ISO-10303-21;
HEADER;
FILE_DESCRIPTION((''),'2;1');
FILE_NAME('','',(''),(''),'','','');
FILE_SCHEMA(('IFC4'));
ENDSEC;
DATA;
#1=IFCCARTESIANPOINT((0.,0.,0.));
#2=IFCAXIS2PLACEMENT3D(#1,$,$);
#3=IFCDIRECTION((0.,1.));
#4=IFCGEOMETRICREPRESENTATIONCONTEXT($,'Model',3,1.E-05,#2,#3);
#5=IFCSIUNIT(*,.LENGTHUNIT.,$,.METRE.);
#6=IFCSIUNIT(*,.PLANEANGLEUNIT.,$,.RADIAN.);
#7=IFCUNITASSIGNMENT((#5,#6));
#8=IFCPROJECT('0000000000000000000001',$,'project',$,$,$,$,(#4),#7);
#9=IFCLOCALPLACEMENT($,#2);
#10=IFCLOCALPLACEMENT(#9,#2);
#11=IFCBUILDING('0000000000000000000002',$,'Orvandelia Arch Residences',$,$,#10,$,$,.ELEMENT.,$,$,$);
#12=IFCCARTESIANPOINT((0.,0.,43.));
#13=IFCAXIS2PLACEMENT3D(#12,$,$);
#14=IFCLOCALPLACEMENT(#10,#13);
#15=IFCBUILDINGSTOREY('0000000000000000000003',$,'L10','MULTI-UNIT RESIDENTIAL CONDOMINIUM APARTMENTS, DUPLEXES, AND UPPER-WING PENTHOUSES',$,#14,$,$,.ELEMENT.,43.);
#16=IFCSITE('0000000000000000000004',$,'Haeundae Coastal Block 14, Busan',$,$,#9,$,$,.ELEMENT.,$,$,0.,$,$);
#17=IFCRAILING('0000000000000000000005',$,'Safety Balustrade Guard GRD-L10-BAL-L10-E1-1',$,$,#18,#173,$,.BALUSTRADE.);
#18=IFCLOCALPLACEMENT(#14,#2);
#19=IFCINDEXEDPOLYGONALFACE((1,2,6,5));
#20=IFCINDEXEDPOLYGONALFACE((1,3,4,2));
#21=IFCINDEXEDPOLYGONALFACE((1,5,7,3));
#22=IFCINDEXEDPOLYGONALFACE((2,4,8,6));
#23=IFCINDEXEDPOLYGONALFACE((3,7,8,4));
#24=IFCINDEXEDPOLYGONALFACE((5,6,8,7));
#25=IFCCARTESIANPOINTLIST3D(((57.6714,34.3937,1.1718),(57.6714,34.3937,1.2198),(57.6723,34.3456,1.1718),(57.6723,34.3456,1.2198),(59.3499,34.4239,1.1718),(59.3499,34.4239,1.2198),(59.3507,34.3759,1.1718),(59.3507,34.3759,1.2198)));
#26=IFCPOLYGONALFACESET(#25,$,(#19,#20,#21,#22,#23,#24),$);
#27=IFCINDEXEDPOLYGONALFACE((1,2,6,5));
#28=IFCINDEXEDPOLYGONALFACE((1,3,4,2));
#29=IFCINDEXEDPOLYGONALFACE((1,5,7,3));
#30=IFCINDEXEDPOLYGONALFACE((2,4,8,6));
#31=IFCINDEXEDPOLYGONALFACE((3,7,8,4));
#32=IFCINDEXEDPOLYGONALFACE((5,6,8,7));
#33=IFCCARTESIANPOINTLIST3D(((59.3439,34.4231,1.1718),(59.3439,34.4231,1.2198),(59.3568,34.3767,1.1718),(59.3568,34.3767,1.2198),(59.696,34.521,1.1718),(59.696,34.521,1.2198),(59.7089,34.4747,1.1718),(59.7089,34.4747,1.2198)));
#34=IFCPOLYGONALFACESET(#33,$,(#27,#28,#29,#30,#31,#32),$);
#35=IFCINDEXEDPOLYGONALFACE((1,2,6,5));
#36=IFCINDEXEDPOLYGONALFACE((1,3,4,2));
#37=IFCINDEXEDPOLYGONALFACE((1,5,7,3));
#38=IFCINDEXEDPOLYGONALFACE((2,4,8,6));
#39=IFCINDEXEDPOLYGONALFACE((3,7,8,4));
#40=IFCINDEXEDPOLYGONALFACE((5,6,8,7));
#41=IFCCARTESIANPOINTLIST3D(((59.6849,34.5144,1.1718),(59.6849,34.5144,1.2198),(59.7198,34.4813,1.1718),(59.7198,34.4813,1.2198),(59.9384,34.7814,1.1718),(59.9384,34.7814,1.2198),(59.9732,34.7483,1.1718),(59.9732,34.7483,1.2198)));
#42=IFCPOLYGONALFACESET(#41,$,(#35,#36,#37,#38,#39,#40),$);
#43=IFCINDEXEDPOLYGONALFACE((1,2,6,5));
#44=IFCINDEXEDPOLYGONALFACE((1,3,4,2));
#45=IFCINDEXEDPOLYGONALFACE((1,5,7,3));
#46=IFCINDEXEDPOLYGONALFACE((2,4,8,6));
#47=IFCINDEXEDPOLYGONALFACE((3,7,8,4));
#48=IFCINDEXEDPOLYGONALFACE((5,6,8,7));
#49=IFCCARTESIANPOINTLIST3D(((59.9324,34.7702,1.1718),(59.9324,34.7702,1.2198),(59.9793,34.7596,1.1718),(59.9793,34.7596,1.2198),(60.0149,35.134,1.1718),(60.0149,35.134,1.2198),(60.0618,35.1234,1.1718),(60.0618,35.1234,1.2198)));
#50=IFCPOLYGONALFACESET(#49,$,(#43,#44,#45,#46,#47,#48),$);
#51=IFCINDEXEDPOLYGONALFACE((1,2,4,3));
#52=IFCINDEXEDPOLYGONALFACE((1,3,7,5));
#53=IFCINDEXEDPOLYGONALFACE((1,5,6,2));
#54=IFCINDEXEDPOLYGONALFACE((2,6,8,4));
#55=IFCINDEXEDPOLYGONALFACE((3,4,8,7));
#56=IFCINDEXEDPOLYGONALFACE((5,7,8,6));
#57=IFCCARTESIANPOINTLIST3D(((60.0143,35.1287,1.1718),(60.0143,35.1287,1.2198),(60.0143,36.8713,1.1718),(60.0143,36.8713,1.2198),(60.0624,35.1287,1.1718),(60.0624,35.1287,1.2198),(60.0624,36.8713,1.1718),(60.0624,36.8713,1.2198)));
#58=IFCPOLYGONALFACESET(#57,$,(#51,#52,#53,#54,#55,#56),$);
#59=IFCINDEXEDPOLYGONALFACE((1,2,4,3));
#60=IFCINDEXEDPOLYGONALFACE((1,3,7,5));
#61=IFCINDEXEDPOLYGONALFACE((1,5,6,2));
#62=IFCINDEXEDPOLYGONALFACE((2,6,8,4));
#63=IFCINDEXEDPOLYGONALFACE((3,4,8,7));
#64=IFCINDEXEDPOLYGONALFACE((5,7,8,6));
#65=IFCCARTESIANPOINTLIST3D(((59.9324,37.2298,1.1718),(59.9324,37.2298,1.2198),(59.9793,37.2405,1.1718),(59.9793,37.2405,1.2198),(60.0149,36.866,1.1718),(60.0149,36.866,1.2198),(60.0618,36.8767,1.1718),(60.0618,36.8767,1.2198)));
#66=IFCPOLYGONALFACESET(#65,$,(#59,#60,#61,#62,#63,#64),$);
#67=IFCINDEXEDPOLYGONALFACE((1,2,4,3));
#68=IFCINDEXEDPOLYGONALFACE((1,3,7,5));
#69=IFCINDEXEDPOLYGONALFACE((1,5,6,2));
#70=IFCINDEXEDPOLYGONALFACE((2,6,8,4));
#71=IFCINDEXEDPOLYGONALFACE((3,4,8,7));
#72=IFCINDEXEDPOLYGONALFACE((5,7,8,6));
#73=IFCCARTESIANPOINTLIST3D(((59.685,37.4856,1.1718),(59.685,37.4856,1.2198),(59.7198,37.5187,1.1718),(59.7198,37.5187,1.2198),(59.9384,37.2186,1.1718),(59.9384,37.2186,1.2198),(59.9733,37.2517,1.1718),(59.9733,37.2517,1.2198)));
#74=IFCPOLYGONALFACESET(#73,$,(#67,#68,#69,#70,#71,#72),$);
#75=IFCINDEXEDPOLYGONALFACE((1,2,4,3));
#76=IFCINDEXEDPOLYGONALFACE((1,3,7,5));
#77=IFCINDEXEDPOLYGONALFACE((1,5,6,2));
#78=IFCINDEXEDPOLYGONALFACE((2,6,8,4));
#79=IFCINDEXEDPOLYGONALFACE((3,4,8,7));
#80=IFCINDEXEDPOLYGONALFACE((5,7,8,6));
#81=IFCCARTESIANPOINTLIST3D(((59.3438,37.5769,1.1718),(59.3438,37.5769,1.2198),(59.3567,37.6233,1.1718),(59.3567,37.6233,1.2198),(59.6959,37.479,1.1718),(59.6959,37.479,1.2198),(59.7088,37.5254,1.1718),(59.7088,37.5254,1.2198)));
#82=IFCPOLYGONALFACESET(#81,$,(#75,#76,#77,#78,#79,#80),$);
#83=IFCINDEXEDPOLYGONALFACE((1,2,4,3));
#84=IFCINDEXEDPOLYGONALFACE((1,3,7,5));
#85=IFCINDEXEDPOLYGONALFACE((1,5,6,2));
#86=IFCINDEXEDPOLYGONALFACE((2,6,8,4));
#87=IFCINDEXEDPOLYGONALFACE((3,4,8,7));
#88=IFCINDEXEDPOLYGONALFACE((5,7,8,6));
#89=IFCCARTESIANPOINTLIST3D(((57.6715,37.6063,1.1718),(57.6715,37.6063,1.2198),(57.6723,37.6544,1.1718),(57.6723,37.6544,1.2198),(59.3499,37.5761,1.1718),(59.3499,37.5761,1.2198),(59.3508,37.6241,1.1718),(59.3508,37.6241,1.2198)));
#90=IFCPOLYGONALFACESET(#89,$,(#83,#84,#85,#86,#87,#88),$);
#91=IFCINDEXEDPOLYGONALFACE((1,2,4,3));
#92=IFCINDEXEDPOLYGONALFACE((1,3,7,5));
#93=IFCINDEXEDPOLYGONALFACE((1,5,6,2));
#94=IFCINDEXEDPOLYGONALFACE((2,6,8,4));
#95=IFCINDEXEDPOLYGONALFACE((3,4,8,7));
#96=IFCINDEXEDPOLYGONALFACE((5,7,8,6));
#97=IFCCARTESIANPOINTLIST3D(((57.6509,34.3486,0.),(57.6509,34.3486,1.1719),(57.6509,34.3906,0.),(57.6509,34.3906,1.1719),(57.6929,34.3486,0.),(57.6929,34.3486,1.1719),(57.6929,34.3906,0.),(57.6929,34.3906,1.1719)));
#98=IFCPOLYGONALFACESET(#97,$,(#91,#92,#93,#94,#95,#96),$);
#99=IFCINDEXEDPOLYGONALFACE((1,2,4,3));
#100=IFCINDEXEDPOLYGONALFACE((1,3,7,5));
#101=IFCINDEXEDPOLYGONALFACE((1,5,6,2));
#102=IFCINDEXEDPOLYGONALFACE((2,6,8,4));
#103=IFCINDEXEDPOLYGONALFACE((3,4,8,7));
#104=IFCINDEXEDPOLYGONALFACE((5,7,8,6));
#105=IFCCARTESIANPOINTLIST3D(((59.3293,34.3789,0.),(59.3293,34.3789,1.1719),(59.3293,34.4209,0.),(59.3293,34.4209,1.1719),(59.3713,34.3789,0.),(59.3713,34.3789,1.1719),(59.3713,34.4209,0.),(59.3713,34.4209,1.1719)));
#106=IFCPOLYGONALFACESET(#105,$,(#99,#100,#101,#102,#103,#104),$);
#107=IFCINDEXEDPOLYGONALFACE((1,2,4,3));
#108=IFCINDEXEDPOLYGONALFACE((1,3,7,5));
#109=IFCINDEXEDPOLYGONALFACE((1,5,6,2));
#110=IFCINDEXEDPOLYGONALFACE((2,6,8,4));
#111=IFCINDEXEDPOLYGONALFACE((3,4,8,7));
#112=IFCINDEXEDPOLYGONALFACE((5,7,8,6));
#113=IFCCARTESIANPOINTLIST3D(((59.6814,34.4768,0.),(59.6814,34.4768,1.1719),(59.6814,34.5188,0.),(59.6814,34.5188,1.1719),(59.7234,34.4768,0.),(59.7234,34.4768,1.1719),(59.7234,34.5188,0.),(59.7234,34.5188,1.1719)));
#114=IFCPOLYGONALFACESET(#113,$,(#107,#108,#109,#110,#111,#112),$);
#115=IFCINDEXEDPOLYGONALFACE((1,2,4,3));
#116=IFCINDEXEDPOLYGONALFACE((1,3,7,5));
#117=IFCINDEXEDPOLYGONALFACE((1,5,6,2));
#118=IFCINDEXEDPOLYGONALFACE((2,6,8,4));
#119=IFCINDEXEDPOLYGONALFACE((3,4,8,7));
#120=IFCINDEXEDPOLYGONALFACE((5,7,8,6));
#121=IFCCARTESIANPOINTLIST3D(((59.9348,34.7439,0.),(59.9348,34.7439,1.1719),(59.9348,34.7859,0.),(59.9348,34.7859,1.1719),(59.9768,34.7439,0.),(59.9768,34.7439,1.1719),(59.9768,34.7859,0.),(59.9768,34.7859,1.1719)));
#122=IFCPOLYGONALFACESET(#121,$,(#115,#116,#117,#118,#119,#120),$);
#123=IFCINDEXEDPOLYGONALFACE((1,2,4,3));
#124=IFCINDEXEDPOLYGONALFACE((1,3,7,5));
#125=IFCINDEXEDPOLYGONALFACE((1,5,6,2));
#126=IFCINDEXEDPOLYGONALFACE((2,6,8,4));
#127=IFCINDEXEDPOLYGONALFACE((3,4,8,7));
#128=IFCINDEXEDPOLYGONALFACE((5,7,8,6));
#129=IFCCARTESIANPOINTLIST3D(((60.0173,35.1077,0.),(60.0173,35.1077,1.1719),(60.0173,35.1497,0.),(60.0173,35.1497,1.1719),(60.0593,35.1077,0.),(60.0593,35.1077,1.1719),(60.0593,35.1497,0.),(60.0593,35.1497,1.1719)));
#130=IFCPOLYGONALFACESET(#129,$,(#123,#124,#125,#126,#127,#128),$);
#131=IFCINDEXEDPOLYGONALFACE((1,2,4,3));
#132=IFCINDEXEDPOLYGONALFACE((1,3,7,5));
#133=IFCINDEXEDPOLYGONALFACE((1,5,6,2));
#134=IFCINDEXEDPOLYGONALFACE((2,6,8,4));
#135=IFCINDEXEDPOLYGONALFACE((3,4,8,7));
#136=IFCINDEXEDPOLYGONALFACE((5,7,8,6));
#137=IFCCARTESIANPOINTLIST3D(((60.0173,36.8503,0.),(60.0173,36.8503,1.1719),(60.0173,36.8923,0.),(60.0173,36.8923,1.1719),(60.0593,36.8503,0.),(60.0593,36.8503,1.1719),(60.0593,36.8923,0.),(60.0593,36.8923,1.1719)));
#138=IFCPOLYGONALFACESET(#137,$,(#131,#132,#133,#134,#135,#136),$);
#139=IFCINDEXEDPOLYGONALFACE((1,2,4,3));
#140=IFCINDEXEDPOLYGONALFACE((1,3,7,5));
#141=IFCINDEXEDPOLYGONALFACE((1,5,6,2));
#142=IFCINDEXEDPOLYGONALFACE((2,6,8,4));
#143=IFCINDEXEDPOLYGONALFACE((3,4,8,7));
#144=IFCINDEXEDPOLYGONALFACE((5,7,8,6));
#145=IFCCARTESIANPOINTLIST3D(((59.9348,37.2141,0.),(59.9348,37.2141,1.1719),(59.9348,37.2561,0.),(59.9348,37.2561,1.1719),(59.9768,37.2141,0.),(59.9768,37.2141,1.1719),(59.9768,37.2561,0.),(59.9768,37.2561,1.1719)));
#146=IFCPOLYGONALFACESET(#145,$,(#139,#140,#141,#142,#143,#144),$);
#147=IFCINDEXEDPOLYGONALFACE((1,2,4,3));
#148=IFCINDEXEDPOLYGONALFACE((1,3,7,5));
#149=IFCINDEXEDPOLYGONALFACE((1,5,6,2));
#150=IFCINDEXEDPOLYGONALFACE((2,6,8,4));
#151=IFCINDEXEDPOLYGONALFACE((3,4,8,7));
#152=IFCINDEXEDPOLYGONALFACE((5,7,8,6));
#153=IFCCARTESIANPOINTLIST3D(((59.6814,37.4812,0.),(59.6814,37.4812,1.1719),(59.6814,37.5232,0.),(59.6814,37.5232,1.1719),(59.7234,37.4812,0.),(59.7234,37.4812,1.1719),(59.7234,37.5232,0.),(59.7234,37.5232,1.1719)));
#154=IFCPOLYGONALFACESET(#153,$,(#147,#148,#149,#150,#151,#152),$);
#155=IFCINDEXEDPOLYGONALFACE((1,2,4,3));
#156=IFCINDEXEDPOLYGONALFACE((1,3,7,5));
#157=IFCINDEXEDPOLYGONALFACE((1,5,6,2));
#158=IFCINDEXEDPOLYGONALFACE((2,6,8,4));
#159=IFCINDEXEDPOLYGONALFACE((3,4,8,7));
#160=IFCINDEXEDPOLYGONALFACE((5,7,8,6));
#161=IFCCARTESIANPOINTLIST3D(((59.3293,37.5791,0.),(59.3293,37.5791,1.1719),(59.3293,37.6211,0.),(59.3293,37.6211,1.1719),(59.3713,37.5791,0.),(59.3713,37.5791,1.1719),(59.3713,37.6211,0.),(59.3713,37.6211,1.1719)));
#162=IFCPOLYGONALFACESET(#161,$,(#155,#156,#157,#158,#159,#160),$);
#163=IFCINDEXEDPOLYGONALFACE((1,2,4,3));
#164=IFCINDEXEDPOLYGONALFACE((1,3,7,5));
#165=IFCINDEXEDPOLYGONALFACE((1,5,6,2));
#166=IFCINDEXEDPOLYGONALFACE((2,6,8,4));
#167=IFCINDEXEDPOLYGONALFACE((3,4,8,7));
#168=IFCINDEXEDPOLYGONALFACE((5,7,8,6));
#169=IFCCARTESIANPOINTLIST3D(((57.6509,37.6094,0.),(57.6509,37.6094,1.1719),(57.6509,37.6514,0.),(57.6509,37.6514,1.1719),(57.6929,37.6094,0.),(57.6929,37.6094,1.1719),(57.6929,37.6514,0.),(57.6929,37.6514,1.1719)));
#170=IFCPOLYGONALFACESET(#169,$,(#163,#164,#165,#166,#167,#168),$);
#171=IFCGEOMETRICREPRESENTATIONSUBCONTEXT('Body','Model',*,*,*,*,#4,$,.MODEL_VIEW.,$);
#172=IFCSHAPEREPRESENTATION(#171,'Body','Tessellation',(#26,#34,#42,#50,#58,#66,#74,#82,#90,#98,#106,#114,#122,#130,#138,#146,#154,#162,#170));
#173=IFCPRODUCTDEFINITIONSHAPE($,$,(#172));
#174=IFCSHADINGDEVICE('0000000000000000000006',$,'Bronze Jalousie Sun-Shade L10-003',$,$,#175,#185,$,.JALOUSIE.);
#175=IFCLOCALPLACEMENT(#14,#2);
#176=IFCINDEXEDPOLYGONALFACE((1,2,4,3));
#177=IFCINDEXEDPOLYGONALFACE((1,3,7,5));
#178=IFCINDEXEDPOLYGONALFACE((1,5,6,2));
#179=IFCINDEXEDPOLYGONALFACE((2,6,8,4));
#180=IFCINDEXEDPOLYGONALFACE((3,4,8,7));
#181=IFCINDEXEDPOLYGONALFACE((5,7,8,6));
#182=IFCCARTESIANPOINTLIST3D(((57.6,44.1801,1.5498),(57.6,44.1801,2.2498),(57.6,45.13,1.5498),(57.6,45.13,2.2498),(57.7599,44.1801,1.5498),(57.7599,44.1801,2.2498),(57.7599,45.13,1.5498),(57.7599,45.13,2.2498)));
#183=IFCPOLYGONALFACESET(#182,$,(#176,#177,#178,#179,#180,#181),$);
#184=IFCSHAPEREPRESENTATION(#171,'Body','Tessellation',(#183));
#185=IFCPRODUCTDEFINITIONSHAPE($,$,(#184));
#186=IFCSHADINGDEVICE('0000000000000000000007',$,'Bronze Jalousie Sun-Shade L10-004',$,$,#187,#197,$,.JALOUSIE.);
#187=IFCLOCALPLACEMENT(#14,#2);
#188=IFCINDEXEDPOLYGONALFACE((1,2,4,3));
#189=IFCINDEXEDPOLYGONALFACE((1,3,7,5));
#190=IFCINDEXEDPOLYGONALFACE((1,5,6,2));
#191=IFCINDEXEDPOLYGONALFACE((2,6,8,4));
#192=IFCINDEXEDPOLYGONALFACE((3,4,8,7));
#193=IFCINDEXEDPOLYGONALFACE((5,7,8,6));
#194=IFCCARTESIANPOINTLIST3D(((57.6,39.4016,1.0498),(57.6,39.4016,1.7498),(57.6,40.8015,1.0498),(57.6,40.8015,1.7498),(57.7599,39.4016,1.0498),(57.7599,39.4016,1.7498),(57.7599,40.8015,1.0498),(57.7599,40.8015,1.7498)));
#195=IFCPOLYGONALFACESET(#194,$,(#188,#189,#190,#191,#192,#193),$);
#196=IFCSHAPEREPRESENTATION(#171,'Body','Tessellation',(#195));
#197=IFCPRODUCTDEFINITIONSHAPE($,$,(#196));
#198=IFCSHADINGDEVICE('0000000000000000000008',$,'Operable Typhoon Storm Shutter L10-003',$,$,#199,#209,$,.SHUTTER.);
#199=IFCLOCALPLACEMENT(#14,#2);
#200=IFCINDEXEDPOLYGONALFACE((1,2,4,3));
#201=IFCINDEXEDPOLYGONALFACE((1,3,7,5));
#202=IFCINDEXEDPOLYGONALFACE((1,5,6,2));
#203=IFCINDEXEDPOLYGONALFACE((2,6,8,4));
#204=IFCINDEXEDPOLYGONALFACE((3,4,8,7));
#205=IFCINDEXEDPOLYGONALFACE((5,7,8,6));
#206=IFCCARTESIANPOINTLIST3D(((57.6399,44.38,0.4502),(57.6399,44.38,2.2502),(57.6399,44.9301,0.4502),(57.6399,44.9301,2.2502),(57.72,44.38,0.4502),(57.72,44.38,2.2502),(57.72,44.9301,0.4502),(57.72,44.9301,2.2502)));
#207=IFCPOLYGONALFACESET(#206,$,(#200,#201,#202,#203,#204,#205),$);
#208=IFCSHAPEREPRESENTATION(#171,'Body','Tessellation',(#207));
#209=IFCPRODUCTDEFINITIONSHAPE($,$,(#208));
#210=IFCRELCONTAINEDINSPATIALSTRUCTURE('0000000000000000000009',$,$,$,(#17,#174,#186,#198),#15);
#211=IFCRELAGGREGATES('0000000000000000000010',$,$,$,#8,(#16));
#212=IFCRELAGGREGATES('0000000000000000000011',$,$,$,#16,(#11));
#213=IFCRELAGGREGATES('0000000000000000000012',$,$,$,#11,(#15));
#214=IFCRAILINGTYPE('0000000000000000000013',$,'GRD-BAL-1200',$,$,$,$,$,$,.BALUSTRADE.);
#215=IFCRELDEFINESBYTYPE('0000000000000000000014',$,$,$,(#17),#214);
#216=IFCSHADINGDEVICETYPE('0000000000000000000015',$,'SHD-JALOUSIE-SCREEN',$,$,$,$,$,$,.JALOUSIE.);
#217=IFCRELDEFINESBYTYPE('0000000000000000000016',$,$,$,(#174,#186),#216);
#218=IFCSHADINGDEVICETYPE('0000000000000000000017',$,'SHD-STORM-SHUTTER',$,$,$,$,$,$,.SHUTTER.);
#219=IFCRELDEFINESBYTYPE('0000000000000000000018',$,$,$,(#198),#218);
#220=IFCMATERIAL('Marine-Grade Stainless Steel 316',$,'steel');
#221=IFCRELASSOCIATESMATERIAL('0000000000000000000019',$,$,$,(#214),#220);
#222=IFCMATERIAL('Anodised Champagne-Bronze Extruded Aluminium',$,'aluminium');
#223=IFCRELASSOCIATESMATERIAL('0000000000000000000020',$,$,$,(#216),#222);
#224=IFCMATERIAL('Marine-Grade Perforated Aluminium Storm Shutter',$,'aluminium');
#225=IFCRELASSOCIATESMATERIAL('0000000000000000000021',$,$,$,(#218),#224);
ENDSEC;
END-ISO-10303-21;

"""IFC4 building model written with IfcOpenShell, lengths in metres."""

from ifc_helpers import new_model, si_unit, direction, frame, origin, origin_2d, place, context, subcontext, project, spatial, rectangle, extrude, material, type_object, element, save


model = new_model("IFC4")

# Units and contexts
model_context = context("Model", 3, precision=1e-05, world=origin(), true_north=direction((0.0, 1.0)))
body_context = subcontext(model_context, "Body", "Model", "MODEL_VIEW")
ifc_project = project(units=[si_unit("LENGTHUNIT", "METRE"), si_unit("PLANEANGLEUNIT", "RADIAN")], contexts=[model_context])

# Site, building, storey
site_placement = place(None, origin())
site = spatial("IfcSite", under=ifc_project, at=site_placement, Name="Haeundae Coastal Block 14, Busan", CompositionType="ELEMENT", RefElevation=0.0)
building_placement = place(site_placement, origin())
building = spatial("IfcBuilding", under=site, at=building_placement, Name="Orvandelia Arch Residences", CompositionType="ELEMENT")
storey_placement = place(building_placement, frame((0.0, 0.0, 43.0)))
storey = spatial("IfcBuildingStorey", under=building, at=storey_placement, Name="L10", Description="MULTI-UNIT RESIDENTIAL CONDOMINIUM APARTMENTS, DUPLEXES, AND UPPER-WING PENTHOUSES", CompositionType="ELEMENT", Elevation=43.0)

# Railing
ifc_material_1 = material(Name="Marine-Grade Stainless Steel 316", Category="steel")
railing_type = type_object("IfcRailingType", Name="GRD-BAL-1200", PredefinedType="BALUSTRADE", material=ifc_material_1)
railing_placement = place(storey_placement, frame((57.6719, 34.3696, 0.0)))
element("IfcRailing", 1, at=railing_placement, inside=storey, type_object=railing_type, Name="Safety Balustrade Guard GRD-L10-BAL-L10-E1-1", PredefinedType="BALUSTRADE", context=body_context, shape_type="SweptSolid", body=[
    extrude(rectangle(XDim=0.0481, YDim=0.0481, at=origin_2d()), frame((0.0, 0.0, 1.1958), z_axis=(0.999837, 0.018033, 0.0), x_axis=(-0.018033, 0.999837, 0.0)), (0.0, 0.0, 1.0), 1.6787),
    extrude(rectangle(XDim=0.0481, YDim=0.0481, at=origin_2d()), frame((1.6785, 0.0303, 1.1958), z_axis=(0.963441, 0.26792, 0.0), x_axis=(-0.26792, 0.963441, 0.0)), (0.0, 0.0, 1.0), 0.3655),
    extrude(rectangle(XDim=0.0481, YDim=0.0481, at=origin_2d()), frame((2.0305, 0.1282, 1.1958), z_axis=(0.688296, 0.72543, 0.0), x_axis=(-0.72543, 0.688296, 0.0)), (0.0, 0.0, 1.0), 0.3682),
    extrude(rectangle(XDim=0.0481, YDim=0.0481, at=origin_2d()), frame((2.2839, 0.3953, 1.1958), z_axis=(0.221225, 0.975223, 0.0), x_axis=(-0.975223, 0.221225, 0.0)), (0.0, 0.0, 1.0), 0.373),
    extrude(rectangle(XDim=0.0481, YDim=0.0481, at=origin_2d()), frame((2.3665, 0.759, 1.1958), z_axis=(0.0, 1.0, 0.0), x_axis=(-1.0, 0.0, 0.0)), (0.0, 0.0, 1.0), 1.7427),
    extrude(rectangle(XDim=0.0481, YDim=0.0481, at=origin_2d()), frame((2.3665, 2.5017, 1.1958), z_axis=(-0.221225, 0.975223, 0.0), x_axis=(-0.975223, -0.221225, 0.0)), (0.0, 0.0, 1.0), 0.373),
    extrude(rectangle(XDim=0.0481, YDim=0.0481, at=origin_2d()), frame((2.2839, 2.8655, 1.1958), z_axis=(-0.688296, 0.72543, 0.0), x_axis=(-0.72543, -0.688296, 0.0)), (0.0, 0.0, 1.0), 0.3682),
    extrude(rectangle(XDim=0.0481, YDim=0.0481, at=origin_2d()), frame((2.0305, 3.1326, 1.1958), z_axis=(-0.963441, 0.26792, 0.0), x_axis=(-0.26792, -0.963441, 0.0)), (0.0, 0.0, 1.0), 0.3655),
    extrude(rectangle(XDim=0.0481, YDim=0.0481, at=origin_2d()), frame((1.6785, 3.2305, 1.1958), z_axis=(-0.999837, 0.018033, 0.0), x_axis=(-0.018033, -0.999837, 0.0)), (0.0, 0.0, 1.0), 1.6787),
    extrude(rectangle(XDim=0.042, YDim=0.042, at=origin_2d()), origin(), (0.0, 0.0, 1.0), 1.1719),
    extrude(rectangle(XDim=0.042, YDim=0.042, at=origin_2d()), frame((1.6785, 0.0303, 0.0)), (0.0, 0.0, 1.0), 1.1719),
    extrude(rectangle(XDim=0.042, YDim=0.042, at=origin_2d()), frame((2.0305, 0.1282, 0.0)), (0.0, 0.0, 1.0), 1.1719),
    extrude(rectangle(XDim=0.042, YDim=0.042, at=origin_2d()), frame((2.2839, 0.3953, 0.0)), (0.0, 0.0, 1.0), 1.1719),
    extrude(rectangle(XDim=0.042, YDim=0.042, at=origin_2d()), frame((2.3665, 0.759, 0.0)), (0.0, 0.0, 1.0), 1.1719),
    extrude(rectangle(XDim=0.042, YDim=0.042, at=origin_2d()), frame((2.3665, 2.5017, 0.0)), (0.0, 0.0, 1.0), 1.1719),
    extrude(rectangle(XDim=0.042, YDim=0.042, at=origin_2d()), frame((2.2839, 2.8655, 0.0)), (0.0, 0.0, 1.0), 1.1719),
    extrude(rectangle(XDim=0.042, YDim=0.042, at=origin_2d()), frame((2.0305, 3.1326, 0.0)), (0.0, 0.0, 1.0), 1.1719),
    extrude(rectangle(XDim=0.042, YDim=0.042, at=origin_2d()), frame((1.6785, 3.2305, 0.0)), (0.0, 0.0, 1.0), 1.1719),
    extrude(rectangle(XDim=0.042, YDim=0.042, at=origin_2d()), frame((0.0, 3.2607, 0.0)), (0.0, 0.0, 1.0), 1.1719),
])

# Shading devices
ifc_material_2 = material(Name="Anodised Champagne-Bronze Extruded Aluminium", Category="aluminium")
shading_device_type_1 = type_object("IfcShadingDeviceType", Name="SHD-JALOUSIE-SCREEN", PredefinedType="JALOUSIE", material=ifc_material_2)
shading_device_1_placement = place(storey_placement, frame((57.6799, 44.655, 1.5498), z_axis=(0.0, 0.0, 1.0), x_axis=(0.0, -1.0, 0.0)))
element("IfcShadingDevice", 2, at=shading_device_1_placement, inside=storey, type_object=shading_device_type_1, Name="Bronze Jalousie Sun-Shade L10-003", PredefinedType="JALOUSIE", context=body_context, shape_type="SweptSolid", body=[
    extrude(rectangle(XDim=0.95, YDim=0.1599, at=origin_2d()), origin(), (0.0, 0.0, 1.0), 0.7),
])
shading_device_2_placement = place(storey_placement, frame((57.6799, 40.1016, 1.0498), z_axis=(0.0, 0.0, 1.0), x_axis=(0.0, -1.0, 0.0)))
element("IfcShadingDevice", 3, at=shading_device_2_placement, inside=storey, type_object=shading_device_type_1, Name="Bronze Jalousie Sun-Shade L10-004", PredefinedType="JALOUSIE", context=body_context, shape_type="SweptSolid", body=[
    extrude(rectangle(XDim=1.3999, YDim=0.1599, at=origin_2d()), origin(), (0.0, 0.0, 1.0), 0.7),
])
ifc_material_3 = material(Name="Marine-Grade Perforated Aluminium Storm Shutter", Category="aluminium")
shading_device_type_2 = type_object("IfcShadingDeviceType", Name="SHD-STORM-SHUTTER", PredefinedType="SHUTTER", material=ifc_material_3)
shading_device_3_placement = place(storey_placement, frame((57.6799, 44.655, 0.4502), z_axis=(0.0, 0.0, 1.0), x_axis=(0.0, -1.0, 0.0)))
element("IfcShadingDevice", 4, at=shading_device_3_placement, inside=storey, type_object=shading_device_type_2, Name="Operable Typhoon Storm Shutter L10-003", PredefinedType="SHUTTER", context=body_context, shape_type="SweptSolid", body=[
    extrude(rectangle(XDim=0.55, YDim=0.0801, at=origin_2d()), origin(), (0.0, 0.0, 1.0), 1.8),
])

save(model, "model.ifc")
